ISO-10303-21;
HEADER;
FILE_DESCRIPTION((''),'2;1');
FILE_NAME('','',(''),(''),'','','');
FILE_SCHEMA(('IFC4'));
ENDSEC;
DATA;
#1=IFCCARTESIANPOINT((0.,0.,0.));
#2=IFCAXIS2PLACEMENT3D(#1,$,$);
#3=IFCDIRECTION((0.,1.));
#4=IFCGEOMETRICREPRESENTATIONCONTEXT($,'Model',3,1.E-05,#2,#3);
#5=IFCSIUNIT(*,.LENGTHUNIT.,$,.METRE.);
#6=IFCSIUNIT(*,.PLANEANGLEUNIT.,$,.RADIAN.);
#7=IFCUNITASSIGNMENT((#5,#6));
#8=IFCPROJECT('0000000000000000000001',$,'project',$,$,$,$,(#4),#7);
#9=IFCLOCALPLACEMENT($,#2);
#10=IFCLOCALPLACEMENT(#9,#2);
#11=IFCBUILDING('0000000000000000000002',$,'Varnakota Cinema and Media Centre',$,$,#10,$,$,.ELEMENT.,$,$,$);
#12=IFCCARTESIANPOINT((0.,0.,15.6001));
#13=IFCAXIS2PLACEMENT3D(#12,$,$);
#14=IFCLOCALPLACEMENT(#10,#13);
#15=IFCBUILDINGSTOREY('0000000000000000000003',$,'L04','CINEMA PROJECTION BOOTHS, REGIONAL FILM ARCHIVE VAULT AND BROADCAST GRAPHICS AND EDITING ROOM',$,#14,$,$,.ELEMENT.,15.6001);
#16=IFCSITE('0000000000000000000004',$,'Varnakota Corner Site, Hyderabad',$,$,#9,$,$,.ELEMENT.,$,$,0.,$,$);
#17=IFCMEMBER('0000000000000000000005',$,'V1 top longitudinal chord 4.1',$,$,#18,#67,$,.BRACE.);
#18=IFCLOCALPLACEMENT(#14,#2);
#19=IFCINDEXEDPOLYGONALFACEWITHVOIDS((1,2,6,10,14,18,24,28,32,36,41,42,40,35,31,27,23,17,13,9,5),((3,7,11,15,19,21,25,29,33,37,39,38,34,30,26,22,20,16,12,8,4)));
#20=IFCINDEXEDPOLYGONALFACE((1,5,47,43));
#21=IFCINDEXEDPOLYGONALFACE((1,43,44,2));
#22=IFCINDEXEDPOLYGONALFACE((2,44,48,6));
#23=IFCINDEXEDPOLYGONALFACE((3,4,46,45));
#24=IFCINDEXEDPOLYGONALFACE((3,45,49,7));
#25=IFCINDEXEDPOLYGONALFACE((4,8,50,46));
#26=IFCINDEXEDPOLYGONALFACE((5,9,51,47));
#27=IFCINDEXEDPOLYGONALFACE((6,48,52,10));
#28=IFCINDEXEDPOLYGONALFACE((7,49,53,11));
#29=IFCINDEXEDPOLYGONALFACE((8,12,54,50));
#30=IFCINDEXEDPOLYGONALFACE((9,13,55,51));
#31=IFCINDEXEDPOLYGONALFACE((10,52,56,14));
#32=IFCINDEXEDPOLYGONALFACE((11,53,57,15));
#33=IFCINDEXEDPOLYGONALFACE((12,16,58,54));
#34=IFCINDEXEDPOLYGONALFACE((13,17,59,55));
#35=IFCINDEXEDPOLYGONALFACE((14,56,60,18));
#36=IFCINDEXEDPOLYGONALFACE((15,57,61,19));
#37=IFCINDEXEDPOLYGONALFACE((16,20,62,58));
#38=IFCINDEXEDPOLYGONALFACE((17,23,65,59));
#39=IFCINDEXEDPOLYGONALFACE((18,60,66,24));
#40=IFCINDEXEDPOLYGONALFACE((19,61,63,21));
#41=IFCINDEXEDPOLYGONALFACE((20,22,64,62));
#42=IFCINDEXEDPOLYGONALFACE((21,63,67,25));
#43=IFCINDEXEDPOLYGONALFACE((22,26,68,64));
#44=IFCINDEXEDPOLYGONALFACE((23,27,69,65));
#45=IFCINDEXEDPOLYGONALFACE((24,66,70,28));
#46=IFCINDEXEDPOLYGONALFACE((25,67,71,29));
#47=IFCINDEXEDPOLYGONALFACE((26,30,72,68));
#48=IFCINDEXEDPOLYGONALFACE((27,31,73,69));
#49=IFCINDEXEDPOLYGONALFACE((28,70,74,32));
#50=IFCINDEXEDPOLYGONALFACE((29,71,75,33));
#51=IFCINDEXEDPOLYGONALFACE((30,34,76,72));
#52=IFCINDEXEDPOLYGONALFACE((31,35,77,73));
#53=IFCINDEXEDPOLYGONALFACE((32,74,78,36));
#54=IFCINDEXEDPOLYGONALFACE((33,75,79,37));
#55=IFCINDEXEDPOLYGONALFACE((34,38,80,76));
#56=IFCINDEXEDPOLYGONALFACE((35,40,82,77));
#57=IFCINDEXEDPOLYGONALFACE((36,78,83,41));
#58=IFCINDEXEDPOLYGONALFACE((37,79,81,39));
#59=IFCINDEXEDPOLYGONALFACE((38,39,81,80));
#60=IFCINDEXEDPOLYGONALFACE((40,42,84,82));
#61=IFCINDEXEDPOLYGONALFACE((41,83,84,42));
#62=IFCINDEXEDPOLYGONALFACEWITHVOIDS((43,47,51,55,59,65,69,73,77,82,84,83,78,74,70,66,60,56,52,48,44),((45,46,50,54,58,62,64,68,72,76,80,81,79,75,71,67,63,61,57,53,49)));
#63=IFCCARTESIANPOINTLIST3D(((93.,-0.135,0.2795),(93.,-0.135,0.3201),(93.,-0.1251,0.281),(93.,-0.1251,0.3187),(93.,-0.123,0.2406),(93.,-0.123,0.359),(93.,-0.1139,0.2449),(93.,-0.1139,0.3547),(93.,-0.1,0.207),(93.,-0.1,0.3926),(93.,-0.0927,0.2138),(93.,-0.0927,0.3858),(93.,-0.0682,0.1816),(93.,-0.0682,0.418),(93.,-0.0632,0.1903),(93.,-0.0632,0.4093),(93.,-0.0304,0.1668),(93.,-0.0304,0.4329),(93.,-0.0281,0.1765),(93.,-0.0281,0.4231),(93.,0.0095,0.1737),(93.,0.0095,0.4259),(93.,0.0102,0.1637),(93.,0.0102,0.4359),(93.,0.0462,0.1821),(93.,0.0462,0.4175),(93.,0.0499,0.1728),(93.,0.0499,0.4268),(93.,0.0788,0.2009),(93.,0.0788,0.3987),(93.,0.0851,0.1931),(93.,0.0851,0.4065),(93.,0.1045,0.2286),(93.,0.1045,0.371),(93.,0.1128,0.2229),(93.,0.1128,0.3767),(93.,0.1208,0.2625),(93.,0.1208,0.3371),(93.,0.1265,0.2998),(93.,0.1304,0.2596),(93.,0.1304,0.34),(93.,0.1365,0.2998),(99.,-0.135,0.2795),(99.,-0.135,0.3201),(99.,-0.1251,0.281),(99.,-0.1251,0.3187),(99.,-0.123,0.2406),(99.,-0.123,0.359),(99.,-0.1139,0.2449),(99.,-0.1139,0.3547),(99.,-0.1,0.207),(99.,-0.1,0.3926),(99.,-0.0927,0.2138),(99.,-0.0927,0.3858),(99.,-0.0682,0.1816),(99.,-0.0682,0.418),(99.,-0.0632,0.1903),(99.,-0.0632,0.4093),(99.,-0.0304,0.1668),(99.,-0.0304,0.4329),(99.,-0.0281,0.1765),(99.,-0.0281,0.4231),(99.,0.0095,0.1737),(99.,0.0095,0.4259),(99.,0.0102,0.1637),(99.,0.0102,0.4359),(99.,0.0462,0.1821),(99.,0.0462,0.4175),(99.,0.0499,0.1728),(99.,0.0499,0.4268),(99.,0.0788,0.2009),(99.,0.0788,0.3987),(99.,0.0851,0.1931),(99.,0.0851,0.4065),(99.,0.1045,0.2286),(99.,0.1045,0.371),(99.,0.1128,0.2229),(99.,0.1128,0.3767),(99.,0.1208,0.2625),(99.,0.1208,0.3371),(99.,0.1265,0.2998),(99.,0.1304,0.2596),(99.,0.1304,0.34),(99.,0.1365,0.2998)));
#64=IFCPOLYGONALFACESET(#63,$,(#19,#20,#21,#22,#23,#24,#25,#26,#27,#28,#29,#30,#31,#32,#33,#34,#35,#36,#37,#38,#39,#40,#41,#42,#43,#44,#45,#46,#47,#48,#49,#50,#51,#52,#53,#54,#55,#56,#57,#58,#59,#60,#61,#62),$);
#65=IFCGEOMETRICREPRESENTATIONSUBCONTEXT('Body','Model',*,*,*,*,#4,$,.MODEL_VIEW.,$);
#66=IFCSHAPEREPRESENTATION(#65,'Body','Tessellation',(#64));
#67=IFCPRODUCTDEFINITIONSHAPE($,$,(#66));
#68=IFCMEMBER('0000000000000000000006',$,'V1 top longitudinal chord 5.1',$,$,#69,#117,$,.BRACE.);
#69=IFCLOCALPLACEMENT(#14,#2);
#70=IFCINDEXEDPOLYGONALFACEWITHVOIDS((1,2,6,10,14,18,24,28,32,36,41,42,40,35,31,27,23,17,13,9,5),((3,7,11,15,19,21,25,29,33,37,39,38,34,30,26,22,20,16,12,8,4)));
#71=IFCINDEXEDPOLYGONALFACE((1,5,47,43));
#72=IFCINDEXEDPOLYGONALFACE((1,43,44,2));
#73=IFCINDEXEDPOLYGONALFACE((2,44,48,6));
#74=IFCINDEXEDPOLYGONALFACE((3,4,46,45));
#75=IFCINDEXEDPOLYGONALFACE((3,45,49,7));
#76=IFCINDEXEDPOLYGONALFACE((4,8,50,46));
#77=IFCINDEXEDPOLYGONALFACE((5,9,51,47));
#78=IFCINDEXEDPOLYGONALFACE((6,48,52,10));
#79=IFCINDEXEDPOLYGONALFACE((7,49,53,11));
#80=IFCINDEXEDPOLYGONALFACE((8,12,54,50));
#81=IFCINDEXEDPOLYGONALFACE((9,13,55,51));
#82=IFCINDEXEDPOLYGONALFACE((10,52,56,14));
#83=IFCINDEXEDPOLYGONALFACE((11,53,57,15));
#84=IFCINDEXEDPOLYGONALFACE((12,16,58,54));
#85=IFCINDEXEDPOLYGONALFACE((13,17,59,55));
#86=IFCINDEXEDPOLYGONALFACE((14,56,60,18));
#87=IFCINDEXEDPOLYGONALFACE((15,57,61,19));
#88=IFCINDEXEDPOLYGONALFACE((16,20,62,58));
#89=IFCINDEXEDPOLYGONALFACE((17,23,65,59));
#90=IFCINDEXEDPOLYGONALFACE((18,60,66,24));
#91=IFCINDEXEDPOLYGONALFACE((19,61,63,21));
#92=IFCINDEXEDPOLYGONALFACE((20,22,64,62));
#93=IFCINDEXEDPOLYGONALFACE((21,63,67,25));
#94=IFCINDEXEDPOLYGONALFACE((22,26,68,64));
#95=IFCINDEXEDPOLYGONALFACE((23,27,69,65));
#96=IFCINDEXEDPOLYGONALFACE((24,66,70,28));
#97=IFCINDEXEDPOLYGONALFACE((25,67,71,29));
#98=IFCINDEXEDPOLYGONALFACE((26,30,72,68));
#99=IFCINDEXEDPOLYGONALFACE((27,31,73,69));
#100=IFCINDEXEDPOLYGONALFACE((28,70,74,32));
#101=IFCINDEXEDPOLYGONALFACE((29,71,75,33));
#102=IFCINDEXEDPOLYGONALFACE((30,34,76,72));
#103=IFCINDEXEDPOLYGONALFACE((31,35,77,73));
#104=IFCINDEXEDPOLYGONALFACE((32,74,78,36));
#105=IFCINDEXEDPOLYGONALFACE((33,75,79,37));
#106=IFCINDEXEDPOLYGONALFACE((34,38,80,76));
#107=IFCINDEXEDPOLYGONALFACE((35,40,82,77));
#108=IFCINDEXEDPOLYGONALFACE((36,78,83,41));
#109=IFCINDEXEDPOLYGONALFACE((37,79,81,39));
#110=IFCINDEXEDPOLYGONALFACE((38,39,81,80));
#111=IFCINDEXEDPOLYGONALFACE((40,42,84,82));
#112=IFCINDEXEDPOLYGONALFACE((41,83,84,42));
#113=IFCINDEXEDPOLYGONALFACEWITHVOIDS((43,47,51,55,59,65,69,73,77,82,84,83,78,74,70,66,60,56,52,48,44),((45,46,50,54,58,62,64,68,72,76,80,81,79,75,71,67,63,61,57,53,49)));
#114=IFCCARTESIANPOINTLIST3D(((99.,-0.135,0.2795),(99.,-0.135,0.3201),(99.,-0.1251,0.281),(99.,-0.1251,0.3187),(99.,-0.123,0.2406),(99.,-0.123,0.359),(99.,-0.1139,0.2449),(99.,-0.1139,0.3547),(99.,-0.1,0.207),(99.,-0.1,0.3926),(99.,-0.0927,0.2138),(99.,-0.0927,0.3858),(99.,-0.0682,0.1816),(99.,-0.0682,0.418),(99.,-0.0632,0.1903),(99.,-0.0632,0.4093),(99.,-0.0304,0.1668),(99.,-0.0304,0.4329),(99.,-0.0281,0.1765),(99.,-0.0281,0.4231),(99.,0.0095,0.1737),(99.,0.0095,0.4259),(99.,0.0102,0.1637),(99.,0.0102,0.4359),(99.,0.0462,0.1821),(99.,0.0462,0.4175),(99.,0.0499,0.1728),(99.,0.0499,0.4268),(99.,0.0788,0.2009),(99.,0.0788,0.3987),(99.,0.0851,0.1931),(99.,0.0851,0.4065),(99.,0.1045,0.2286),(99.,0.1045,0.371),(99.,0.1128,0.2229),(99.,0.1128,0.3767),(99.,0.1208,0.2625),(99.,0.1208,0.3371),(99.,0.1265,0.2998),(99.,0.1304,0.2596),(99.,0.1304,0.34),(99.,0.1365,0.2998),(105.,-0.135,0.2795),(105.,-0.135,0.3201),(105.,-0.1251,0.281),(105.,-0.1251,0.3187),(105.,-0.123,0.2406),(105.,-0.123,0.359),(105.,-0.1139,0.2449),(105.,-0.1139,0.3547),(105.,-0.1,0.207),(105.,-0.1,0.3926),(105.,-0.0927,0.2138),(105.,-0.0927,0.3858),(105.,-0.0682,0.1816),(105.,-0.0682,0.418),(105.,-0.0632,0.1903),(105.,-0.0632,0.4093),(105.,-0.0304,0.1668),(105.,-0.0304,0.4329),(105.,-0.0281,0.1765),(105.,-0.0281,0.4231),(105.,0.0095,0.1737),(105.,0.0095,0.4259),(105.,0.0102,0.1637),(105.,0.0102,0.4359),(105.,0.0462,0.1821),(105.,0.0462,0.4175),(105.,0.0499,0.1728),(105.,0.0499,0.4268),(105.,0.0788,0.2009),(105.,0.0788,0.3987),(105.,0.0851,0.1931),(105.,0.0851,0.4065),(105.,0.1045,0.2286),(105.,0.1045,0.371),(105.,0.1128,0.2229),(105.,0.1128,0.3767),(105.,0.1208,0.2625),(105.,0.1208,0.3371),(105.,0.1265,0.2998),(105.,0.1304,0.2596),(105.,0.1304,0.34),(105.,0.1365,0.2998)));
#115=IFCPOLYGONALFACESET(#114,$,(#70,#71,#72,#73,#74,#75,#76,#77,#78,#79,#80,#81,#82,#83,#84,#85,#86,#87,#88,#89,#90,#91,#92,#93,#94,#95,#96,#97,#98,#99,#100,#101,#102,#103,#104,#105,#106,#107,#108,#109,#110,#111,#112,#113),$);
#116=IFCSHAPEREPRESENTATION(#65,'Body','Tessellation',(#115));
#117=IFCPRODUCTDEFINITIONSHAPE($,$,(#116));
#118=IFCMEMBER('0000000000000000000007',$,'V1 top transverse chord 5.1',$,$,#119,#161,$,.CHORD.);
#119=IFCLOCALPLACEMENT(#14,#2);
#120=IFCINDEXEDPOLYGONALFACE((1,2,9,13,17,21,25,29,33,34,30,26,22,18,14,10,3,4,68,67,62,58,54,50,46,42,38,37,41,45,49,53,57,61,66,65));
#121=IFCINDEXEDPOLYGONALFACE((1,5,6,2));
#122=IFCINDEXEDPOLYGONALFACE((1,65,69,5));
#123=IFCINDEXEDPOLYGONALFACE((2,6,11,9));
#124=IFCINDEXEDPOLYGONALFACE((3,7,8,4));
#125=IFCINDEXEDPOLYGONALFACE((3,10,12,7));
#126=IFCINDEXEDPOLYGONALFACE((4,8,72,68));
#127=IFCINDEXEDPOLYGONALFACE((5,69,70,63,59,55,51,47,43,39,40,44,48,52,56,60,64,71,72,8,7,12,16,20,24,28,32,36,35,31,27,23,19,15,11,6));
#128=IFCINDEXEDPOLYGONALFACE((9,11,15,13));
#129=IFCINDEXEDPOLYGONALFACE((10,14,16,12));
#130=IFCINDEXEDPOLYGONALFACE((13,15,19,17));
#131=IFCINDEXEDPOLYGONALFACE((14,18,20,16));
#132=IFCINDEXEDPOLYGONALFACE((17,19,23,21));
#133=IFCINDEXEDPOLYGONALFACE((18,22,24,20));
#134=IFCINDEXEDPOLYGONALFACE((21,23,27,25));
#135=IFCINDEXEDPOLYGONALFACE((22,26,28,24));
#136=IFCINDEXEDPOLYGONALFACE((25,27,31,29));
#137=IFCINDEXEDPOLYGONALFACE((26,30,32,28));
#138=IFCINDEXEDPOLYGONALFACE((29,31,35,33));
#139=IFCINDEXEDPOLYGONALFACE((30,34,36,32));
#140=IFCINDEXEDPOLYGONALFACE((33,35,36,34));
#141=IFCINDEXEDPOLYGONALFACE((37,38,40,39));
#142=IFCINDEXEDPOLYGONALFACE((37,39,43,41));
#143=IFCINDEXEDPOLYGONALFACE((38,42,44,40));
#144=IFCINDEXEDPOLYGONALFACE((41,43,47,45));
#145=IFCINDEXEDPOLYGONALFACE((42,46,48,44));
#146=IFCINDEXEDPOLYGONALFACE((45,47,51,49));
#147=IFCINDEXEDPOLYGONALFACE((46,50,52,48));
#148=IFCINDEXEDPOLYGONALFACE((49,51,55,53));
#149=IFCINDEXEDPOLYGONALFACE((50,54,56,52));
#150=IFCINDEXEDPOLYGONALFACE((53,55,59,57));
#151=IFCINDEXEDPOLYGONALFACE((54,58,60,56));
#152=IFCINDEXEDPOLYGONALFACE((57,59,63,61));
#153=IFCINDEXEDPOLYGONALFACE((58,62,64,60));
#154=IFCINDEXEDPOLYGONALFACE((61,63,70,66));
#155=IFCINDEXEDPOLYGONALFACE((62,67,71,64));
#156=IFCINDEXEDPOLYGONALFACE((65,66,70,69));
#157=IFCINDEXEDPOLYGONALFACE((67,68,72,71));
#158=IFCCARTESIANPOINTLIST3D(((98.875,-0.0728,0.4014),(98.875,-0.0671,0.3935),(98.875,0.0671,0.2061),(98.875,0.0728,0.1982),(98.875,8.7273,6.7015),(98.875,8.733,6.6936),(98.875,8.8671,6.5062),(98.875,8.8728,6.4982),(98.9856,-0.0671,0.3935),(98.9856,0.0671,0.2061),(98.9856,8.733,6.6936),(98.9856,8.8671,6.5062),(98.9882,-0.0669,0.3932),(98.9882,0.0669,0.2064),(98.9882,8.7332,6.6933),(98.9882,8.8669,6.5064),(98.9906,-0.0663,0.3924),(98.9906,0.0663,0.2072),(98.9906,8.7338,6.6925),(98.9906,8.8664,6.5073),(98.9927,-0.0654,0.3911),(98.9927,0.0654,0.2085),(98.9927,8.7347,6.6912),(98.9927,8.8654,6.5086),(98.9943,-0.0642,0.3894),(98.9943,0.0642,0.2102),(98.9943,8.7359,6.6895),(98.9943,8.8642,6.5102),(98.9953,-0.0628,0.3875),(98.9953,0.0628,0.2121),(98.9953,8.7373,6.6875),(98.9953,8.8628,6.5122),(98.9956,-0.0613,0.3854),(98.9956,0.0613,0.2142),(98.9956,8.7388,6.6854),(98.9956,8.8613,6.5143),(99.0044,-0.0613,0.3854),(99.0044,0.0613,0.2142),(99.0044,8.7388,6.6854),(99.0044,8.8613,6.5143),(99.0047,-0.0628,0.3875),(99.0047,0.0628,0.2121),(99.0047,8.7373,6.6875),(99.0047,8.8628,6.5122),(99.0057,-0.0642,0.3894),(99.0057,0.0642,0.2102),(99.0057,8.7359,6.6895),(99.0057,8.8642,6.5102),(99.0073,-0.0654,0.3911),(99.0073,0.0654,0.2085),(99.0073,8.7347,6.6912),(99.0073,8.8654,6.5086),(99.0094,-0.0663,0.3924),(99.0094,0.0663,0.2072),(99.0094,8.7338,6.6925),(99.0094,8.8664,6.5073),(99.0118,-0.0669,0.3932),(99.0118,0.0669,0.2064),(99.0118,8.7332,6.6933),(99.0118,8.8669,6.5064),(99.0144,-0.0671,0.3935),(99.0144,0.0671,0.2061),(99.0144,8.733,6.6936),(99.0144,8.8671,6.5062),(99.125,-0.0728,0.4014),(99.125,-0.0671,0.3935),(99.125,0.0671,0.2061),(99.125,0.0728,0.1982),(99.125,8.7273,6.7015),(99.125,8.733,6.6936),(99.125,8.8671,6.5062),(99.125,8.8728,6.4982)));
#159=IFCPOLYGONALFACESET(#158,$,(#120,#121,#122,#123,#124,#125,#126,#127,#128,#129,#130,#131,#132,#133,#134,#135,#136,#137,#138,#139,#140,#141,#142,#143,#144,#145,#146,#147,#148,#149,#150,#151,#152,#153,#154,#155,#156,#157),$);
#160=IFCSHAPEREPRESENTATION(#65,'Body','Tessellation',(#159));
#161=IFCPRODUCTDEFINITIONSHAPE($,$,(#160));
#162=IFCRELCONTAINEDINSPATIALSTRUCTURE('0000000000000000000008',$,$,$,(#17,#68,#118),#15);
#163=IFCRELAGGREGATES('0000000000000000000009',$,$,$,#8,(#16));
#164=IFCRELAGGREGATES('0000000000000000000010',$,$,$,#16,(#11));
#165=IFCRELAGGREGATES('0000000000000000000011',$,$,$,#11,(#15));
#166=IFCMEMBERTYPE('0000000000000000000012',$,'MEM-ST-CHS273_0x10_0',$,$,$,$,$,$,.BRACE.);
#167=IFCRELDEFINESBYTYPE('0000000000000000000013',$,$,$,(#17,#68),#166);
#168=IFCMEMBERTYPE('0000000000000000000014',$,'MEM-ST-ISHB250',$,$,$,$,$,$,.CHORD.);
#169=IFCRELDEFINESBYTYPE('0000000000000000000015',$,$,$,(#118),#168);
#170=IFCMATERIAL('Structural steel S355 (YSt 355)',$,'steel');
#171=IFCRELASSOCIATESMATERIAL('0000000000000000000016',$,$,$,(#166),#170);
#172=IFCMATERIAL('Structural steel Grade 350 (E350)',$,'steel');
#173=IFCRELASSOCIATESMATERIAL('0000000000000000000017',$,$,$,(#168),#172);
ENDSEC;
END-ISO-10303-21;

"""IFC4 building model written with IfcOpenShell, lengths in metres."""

from ifc_helpers import new_model, si_unit, direction, frame, origin, origin_2d, place, context, subcontext, project, spatial, hollow_circle, i_section, extrude, material, material_profile, profile_set, type_object, element, save


model = new_model("IFC4")

# Units and contexts
model_context = context("Model", 3, precision=1e-05, world=origin(), true_north=direction((0.0, 1.0)))
body_context = subcontext(model_context, "Body", "Model", "MODEL_VIEW")
ifc_project = project(units=[si_unit("LENGTHUNIT", "METRE"), si_unit("PLANEANGLEUNIT", "RADIAN")], contexts=[model_context])

# Site, building, storey
site_placement = place(None, origin())
site = spatial("IfcSite", under=ifc_project, at=site_placement, Name="Varnakota Corner Site, Hyderabad", CompositionType="ELEMENT", RefElevation=0.0)
building_placement = place(site_placement, origin())
building = spatial("IfcBuilding", under=site, at=building_placement, Name="Varnakota Cinema and Media Centre", CompositionType="ELEMENT")
storey_placement = place(building_placement, frame((0.0, 0.0, 15.6001)))
storey = spatial("IfcBuildingStorey", under=building, at=storey_placement, Name="L04", Description="CINEMA PROJECTION BOOTHS, REGIONAL FILM ARCHIVE VAULT AND BROADCAST GRAPHICS AND EDITING ROOM", CompositionType="ELEMENT", Elevation=15.6001)

# Members
ifc_material_1 = material(Name="Structural steel S355 (YSt 355)", Category="steel")
ifc_material_profile_1 = material_profile(ifc_material_1, hollow_circle(Radius=0.1365, WallThickness=0.01, at=origin_2d()), Name="CHS 273.0x10.0")
ifc_profile_set_1 = profile_set([ifc_material_profile_1], Name="Structural steel S355 (YSt 355)")
member_type_1 = type_object("IfcMemberType", Name="MEM-ST-CHS273_0x10_0", PredefinedType="BRACE", material=ifc_profile_set_1)
for number, where, z_axis, x_axis, name in (
    (1, (93.0, 0.0, 0.2998), (1.0, 0.0, 0.0), (0.0, 1.0, 0.0), "V1 top longitudinal chord 4.1"),
    (2, (99.0, 0.0, 0.2998), (1.0, 0.0, 0.0), (0.0, 1.0, 0.0), "V1 top longitudinal chord 5.1"),
):
    element("IfcMember", number, at=place(storey_placement, frame(where, z_axis=z_axis, x_axis=x_axis)), inside=storey, type_object=member_type_1, Name=name, PredefinedType="BRACE", context=body_context, shape_type="SweptSolid", body=[
        extrude(hollow_circle(Radius=0.1365, WallThickness=0.01, at=origin_2d()), origin(), (0.0, 0.0, 1.0), 6.0),
    ])
ifc_material_2 = material(Name="Structural steel Grade 350 (E350)", Category="steel")
ifc_material_profile_2 = material_profile(ifc_material_2, i_section(OverallWidth=0.25, OverallDepth=0.25, WebThickness=0.0088, FlangeThickness=0.0098, FilletRadius=0.01, at=origin_2d()), Name="ISHB 250")
ifc_profile_set_2 = profile_set([ifc_material_profile_2], Name="Structural steel Grade 350 (E350)")
member_type_2 = type_object("IfcMemberType", Name="MEM-ST-ISHB250", PredefinedType="CHORD", material=ifc_profile_set_2)
member_1_placement = place(storey_placement, frame((99.0, 0.0, 0.2998), z_axis=(0.0, 0.813108, 0.582113), x_axis=(-1.0, 0.0, 0.0)))
element("IfcMember", 3, at=member_1_placement, inside=storey, type_object=member_type_2, Name="V1 top transverse chord 5.1", PredefinedType="CHORD", context=body_context, shape_type="SweptSolid", body=[
    extrude(i_section(OverallWidth=0.25, OverallDepth=0.25, WebThickness=0.0088, FlangeThickness=0.0098, FilletRadius=0.01, at=origin_2d()), origin(), (0.0, 0.0, 1.0), 10.8228),
])

save(model, "model.ifc")
